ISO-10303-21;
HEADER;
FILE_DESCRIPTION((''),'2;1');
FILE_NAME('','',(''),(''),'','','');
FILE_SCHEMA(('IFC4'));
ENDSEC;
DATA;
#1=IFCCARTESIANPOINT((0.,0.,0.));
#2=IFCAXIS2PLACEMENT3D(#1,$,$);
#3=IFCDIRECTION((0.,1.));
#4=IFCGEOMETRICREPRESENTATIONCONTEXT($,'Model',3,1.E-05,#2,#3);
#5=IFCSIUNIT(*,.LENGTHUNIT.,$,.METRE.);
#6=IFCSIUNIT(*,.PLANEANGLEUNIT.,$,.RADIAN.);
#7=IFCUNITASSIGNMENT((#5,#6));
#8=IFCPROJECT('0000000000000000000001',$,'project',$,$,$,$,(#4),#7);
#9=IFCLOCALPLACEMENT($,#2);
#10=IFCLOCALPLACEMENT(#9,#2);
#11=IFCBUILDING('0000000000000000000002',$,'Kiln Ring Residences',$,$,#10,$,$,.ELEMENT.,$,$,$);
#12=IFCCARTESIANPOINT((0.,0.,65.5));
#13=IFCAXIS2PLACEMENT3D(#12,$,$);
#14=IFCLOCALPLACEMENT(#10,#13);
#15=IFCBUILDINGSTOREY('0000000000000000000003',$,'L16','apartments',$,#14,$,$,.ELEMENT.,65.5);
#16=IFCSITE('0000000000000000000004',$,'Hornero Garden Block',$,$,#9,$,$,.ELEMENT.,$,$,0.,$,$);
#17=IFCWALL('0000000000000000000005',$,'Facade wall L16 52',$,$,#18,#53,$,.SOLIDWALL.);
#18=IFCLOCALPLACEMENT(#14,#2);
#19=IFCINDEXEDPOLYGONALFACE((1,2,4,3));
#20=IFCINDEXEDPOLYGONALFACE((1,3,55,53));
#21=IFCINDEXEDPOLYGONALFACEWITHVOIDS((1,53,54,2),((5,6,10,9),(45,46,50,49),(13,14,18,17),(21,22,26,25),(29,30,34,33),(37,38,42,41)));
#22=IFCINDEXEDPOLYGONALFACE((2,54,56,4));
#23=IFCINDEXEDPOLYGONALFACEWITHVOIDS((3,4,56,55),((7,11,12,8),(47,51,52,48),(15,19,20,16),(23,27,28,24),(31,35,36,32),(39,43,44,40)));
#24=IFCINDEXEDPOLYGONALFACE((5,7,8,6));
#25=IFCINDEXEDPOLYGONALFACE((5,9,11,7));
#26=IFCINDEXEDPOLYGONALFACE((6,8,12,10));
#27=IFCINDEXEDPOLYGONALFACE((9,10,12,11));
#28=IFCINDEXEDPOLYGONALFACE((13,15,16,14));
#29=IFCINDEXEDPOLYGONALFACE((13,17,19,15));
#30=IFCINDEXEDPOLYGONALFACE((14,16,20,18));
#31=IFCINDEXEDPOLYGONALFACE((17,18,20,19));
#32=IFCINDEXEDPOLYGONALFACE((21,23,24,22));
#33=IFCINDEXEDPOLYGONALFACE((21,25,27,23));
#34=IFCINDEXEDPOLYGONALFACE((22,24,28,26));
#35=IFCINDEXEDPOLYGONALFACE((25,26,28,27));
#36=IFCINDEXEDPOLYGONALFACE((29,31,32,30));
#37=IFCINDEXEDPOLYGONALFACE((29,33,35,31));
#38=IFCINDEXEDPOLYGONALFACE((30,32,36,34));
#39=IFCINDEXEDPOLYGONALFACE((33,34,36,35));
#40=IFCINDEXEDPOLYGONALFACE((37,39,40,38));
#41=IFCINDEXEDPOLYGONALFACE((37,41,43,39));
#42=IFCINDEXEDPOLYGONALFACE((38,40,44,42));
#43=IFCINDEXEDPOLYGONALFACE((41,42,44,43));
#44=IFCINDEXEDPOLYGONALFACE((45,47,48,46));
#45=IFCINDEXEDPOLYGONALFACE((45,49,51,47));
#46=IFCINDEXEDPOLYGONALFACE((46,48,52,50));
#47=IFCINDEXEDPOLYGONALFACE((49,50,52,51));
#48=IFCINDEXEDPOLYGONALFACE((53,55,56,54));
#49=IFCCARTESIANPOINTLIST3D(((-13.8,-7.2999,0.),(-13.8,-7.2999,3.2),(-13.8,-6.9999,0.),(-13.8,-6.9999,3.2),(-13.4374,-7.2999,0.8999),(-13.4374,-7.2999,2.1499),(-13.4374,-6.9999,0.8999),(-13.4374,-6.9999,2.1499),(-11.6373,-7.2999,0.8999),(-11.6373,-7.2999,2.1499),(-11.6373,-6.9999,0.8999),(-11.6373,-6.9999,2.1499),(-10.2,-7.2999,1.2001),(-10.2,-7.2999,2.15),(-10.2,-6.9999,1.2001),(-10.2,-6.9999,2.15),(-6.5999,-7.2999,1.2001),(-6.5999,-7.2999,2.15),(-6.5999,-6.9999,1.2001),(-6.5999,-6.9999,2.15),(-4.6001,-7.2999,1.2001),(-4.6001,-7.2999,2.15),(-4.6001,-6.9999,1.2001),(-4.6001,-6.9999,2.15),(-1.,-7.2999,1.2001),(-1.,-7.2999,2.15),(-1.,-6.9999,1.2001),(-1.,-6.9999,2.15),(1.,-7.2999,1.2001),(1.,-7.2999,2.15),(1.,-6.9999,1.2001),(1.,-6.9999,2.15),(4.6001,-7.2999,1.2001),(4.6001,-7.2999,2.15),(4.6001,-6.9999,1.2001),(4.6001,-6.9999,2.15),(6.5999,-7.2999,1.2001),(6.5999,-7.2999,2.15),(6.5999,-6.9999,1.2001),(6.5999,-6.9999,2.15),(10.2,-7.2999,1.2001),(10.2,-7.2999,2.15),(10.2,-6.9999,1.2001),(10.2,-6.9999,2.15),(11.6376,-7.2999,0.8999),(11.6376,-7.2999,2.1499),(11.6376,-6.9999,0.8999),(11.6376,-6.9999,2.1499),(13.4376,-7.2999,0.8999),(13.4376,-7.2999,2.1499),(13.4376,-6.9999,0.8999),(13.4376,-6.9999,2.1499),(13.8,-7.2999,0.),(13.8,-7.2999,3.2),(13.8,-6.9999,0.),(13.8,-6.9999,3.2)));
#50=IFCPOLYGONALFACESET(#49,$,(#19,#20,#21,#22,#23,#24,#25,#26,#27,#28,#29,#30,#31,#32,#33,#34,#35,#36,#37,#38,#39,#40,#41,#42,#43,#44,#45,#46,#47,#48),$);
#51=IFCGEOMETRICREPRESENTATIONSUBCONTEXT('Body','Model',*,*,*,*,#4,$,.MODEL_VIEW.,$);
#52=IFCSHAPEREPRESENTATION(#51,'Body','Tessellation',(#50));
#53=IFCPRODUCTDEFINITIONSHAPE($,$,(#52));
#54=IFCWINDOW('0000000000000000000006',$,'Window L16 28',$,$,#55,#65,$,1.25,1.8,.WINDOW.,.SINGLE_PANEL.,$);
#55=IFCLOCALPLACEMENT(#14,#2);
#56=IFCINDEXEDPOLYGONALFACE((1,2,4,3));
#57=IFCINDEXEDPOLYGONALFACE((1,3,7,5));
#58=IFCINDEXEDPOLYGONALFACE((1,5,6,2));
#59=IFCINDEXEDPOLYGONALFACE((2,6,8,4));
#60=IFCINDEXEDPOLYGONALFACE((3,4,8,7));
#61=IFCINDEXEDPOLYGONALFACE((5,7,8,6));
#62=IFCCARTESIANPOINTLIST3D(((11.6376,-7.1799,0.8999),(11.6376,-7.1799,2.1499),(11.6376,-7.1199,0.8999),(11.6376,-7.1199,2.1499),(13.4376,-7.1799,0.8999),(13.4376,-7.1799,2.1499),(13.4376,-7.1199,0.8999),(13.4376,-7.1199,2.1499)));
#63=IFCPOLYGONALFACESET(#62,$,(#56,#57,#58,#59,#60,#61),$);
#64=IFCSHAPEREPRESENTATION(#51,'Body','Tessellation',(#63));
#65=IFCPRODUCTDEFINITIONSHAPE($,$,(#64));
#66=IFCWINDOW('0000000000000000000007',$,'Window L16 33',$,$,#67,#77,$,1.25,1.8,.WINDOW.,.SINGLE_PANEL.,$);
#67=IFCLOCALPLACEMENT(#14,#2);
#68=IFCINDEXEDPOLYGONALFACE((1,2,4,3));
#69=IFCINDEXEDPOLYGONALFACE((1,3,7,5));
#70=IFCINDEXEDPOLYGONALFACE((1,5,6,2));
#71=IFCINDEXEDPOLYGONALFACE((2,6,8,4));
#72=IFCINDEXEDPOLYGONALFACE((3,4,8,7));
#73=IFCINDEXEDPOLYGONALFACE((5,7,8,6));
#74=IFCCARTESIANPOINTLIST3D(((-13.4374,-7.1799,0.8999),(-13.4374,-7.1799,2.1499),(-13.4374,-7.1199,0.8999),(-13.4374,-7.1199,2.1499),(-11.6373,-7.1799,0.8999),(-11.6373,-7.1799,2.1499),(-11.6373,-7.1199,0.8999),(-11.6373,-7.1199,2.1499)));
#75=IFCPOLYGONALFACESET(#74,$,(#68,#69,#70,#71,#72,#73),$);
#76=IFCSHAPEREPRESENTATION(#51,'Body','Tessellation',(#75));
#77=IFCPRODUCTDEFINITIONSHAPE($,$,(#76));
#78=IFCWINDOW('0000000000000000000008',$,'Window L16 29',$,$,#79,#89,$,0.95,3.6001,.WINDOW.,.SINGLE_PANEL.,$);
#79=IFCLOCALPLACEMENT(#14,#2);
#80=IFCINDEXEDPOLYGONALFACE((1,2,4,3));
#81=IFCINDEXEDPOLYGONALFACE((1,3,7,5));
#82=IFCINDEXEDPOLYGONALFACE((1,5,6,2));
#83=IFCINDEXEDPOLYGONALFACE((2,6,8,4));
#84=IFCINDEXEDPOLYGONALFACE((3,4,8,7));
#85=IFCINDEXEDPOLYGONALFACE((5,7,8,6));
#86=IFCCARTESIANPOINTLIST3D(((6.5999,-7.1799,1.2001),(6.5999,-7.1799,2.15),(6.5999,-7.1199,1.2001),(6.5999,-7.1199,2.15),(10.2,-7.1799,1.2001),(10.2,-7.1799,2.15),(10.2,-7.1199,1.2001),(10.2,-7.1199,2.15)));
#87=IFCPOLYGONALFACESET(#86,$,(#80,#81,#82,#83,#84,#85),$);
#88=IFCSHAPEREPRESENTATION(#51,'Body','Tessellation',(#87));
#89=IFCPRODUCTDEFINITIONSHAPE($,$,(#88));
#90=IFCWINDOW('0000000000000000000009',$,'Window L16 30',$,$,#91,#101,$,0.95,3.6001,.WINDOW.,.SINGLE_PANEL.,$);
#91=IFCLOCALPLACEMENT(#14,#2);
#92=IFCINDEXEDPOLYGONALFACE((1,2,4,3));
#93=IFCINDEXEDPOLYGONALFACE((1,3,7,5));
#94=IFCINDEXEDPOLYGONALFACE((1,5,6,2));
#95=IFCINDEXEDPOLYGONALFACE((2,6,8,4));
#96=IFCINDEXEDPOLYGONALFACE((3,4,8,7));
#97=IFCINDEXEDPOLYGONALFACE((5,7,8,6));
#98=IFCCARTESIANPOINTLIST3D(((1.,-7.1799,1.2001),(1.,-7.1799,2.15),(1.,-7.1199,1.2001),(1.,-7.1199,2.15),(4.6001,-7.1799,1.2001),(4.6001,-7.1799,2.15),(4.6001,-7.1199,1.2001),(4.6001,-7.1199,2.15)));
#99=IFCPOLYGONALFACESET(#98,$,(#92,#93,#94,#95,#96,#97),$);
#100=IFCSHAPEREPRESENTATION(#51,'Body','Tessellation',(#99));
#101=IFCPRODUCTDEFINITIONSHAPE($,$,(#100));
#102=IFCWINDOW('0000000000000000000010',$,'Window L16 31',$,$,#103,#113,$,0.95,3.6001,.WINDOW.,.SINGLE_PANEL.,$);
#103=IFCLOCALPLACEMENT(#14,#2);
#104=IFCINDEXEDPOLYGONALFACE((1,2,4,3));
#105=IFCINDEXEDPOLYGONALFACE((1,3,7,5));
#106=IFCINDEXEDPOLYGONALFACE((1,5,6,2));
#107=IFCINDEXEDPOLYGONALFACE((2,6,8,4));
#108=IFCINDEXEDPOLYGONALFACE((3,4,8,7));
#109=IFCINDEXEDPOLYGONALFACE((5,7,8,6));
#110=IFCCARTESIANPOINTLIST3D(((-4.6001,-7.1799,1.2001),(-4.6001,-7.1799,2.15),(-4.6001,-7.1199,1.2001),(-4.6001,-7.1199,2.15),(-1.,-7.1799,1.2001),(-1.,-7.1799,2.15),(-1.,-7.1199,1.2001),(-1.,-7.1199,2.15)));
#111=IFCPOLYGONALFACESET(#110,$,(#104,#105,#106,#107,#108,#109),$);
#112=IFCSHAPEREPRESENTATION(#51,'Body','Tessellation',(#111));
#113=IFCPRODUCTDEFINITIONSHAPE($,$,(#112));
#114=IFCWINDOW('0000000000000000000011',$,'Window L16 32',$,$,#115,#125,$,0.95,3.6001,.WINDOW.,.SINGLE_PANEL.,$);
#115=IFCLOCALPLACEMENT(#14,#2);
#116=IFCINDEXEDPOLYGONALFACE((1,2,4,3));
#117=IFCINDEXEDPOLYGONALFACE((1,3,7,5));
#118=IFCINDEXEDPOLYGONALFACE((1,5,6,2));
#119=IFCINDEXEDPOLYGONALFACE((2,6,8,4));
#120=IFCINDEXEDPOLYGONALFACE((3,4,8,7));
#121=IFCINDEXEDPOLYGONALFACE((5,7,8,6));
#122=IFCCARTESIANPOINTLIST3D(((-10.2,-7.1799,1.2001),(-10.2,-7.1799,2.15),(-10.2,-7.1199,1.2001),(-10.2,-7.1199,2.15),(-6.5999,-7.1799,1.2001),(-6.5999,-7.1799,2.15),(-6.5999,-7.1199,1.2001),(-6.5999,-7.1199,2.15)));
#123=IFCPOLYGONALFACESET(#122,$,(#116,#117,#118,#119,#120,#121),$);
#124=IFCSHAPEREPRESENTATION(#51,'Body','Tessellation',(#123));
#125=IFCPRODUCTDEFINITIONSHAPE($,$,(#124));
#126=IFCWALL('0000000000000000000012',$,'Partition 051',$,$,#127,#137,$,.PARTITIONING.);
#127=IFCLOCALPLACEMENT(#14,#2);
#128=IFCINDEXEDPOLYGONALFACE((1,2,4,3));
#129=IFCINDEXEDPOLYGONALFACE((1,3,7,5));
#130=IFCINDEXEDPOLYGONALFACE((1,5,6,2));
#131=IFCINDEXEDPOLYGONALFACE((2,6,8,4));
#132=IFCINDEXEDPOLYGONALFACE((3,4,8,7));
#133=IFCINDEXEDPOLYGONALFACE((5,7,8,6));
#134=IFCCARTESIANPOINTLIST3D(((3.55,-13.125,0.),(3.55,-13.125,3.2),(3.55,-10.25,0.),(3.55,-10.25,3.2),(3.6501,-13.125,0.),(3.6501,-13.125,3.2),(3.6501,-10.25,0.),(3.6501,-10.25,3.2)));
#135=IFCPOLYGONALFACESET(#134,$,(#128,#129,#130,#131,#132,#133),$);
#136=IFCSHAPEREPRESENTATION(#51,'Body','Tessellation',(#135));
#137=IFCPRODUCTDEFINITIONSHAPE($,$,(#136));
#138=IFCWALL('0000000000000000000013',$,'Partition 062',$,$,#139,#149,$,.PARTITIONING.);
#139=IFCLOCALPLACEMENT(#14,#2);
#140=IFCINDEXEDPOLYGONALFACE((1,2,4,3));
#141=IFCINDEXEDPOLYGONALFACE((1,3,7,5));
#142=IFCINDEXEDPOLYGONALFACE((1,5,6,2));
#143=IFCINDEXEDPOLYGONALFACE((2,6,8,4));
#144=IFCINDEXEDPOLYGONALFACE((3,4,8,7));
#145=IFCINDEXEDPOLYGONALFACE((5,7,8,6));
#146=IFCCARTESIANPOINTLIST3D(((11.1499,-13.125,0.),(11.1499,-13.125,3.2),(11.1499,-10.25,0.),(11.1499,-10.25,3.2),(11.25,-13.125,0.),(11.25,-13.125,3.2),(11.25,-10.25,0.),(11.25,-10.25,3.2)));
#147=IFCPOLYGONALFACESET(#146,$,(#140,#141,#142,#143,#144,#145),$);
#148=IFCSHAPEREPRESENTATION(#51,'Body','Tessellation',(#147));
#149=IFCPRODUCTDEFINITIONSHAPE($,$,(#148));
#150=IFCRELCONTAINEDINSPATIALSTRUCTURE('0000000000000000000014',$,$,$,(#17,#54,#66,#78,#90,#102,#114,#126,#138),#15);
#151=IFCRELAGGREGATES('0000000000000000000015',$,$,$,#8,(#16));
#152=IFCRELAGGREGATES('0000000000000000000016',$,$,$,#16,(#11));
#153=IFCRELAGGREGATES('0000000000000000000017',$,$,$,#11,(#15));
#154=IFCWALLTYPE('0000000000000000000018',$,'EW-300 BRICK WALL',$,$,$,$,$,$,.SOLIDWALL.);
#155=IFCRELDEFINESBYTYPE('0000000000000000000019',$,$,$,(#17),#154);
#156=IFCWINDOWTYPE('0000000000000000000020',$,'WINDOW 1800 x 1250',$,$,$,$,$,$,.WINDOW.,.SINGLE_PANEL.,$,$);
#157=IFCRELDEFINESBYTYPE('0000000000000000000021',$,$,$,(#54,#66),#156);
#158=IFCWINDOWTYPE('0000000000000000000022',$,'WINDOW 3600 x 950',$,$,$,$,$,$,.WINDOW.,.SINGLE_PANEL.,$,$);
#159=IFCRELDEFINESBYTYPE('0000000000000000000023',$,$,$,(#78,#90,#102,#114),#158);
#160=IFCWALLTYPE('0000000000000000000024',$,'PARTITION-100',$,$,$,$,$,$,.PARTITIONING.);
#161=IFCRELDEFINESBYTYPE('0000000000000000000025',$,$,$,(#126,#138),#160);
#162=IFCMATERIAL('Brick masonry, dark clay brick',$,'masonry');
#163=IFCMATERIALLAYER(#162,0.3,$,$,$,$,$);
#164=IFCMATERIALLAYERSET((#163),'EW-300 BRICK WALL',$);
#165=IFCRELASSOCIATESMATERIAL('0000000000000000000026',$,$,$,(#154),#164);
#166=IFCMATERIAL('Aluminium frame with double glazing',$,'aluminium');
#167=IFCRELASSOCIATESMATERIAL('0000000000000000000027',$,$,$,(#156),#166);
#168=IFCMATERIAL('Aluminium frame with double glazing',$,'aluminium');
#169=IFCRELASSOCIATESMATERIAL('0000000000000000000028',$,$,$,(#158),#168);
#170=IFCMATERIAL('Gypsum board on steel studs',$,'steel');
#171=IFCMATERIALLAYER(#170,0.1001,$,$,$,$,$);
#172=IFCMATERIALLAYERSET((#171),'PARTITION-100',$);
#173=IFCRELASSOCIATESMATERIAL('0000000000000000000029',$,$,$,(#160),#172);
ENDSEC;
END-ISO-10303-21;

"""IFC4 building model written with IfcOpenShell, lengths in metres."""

from ifc_helpers import new_model, si_unit, direction, frame, frame_2d, origin, place, context, subcontext, project, spatial, rectangle, extrude, material, layer, layer_set, type_object, element, fill, save


model = new_model("IFC4")

# Units and contexts
model_context = context("Model", 3, precision=1e-05, world=origin(), true_north=direction((0.0, 1.0)))
body_context = subcontext(model_context, "Body", "Model", "MODEL_VIEW")
ifc_project = project(units=[si_unit("LENGTHUNIT", "METRE"), si_unit("PLANEANGLEUNIT", "RADIAN")], contexts=[model_context])

# Site, building, storey
site_placement = place(None, origin())
site = spatial("IfcSite", under=ifc_project, at=site_placement, Name="Hornero Garden Block", CompositionType="ELEMENT", RefElevation=0.0)
building_placement = place(site_placement, origin())
building = spatial("IfcBuilding", under=site, at=building_placement, Name="Kiln Ring Residences", CompositionType="ELEMENT")
storey_placement = place(building_placement, frame((0.0, 0.0, 65.5)))
storey = spatial("IfcBuildingStorey", under=building, at=storey_placement, Name="L16", Description="apartments", CompositionType="ELEMENT", Elevation=65.5)

# Wall, openings, windows
ifc_material_1 = material(Name="Brick masonry, dark clay brick", Category="masonry")
ifc_layer_1 = layer(ifc_material_1, 0.3)
ifc_layer_set_1 = layer_set([ifc_layer_1], Name="EW-300 BRICK WALL")
wall_type_1 = type_object("IfcWallType", Name="EW-300 BRICK WALL", PredefinedType="SOLIDWALL", material=ifc_layer_set_1)
wall_1_placement = place(storey_placement, frame((13.8, -7.1499, 0.0), z_axis=(0.0, 0.0, 1.0), x_axis=(-1.0, 0.0, 0.0)))
wall_1 = element("IfcWall", 1, at=wall_1_placement, inside=storey, type_object=wall_type_1, Name="Facade wall L16 52", PredefinedType="SOLIDWALL", context=body_context, shape_type="SweptSolid", body=[
    extrude(rectangle(XDim=27.6001, YDim=0.3, at=frame_2d((13.8, 0.0))), origin(), (0.0, 0.0, 1.0), 3.2),
])
opening_1_placement = place(wall_1_placement, frame((0.3625, 0.0, 0.8999)))
opening_1 = element("IfcOpeningElement", 2, at=opening_1_placement, cuts=wall_1, PredefinedType="OPENING", context=body_context, shape_type="SweptSolid", body=[
    extrude(rectangle(XDim=1.8, YDim=1.25, at=frame_2d((0.8999, 0.625))), frame((0.0, 0.1599, 0.0), z_axis=(0.0, -1.0, 0.0), x_axis=(1.0, 0.0, 0.0)), (0.0, 0.0, 1.0), 0.3201),
])
opening_2_placement = place(wall_1_placement, frame((3.6001, 0.0, 1.2)))
opening_2 = element("IfcOpeningElement", 3, at=opening_2_placement, cuts=wall_1, PredefinedType="OPENING", context=body_context, shape_type="SweptSolid", body=[
    extrude(rectangle(XDim=3.6001, YDim=0.95, at=frame_2d((1.8, 0.4751))), frame((0.0, 0.1599, 0.0), z_axis=(0.0, -1.0, 0.0), x_axis=(1.0, 0.0, 0.0)), (0.0, 0.0, 1.0), 0.3201),
])
opening_3_placement = place(wall_1_placement, frame((9.2, 0.0, 1.2)))
opening_3 = element("IfcOpeningElement", 4, at=opening_3_placement, cuts=wall_1, PredefinedType="OPENING", context=body_context, shape_type="SweptSolid", body=[
    extrude(rectangle(XDim=3.6001, YDim=0.95, at=frame_2d((1.8, 0.4751))), frame((0.0, 0.1599, 0.0), z_axis=(0.0, -1.0, 0.0), x_axis=(1.0, 0.0, 0.0)), (0.0, 0.0, 1.0), 0.3201),
])
opening_4_placement = place(wall_1_placement, frame((14.8, 0.0, 1.2)))
opening_4 = element("IfcOpeningElement", 5, at=opening_4_placement, cuts=wall_1, PredefinedType="OPENING", context=body_context, shape_type="SweptSolid", body=[
    extrude(rectangle(XDim=3.6001, YDim=0.95, at=frame_2d((1.8, 0.4751))), frame((0.0, 0.1599, 0.0), z_axis=(0.0, -1.0, 0.0), x_axis=(1.0, 0.0, 0.0)), (0.0, 0.0, 1.0), 0.3201),
])
opening_5_placement = place(wall_1_placement, frame((20.3999, 0.0, 1.2)))
opening_5 = element("IfcOpeningElement", 6, at=opening_5_placement, cuts=wall_1, PredefinedType="OPENING", context=body_context, shape_type="SweptSolid", body=[
    extrude(rectangle(XDim=3.6001, YDim=0.95, at=frame_2d((1.8, 0.4751))), frame((0.0, 0.1599, 0.0), z_axis=(0.0, -1.0, 0.0), x_axis=(1.0, 0.0, 0.0)), (0.0, 0.0, 1.0), 0.3201),
])
opening_6_placement = place(wall_1_placement, frame((25.4375, 0.0, 0.8999)))
opening_6 = element("IfcOpeningElement", 7, at=opening_6_placement, cuts=wall_1, PredefinedType="OPENING", context=body_context, shape_type="SweptSolid", body=[
    extrude(rectangle(XDim=1.8, YDim=1.25, at=frame_2d((0.8999, 0.625))), frame((0.0, 0.1599, 0.0), z_axis=(0.0, -1.0, 0.0), x_axis=(1.0, 0.0, 0.0)), (0.0, 0.0, 1.0), 0.3201),
])
ifc_material_2 = material(Name="Aluminium frame with double glazing", Category="aluminium")
window_type_1 = type_object("IfcWindowType", Name="WINDOW 1800 x 1250", PartitioningType="SINGLE_PANEL", PredefinedType="WINDOW", material=ifc_material_2)
window_1_placement = place(opening_1_placement, origin())
window_1 = element("IfcWindow", 8, at=window_1_placement, inside=storey, type_object=window_type_1, Name="Window L16 28", OverallHeight=1.25, OverallWidth=1.8, PartitioningType="SINGLE_PANEL", PredefinedType="WINDOW", context=body_context, shape_type="SweptSolid", body=[
    extrude(rectangle(XDim=1.8, YDim=1.25, at=frame_2d((0.8999, 0.625))), frame((0.0, 0.03, 0.0), z_axis=(0.0, -1.0, 0.0), x_axis=(1.0, 0.0, 0.0)), (0.0, 0.0, 1.0), 0.0601),
])
fill(opening_1, window_1)
window_2_placement = place(opening_6_placement, origin())
window_2 = element("IfcWindow", 9, at=window_2_placement, inside=storey, type_object=window_type_1, Name="Window L16 33", OverallHeight=1.25, OverallWidth=1.8, PartitioningType="SINGLE_PANEL", PredefinedType="WINDOW", context=body_context, shape_type="SweptSolid", body=[
    extrude(rectangle(XDim=1.8, YDim=1.25, at=frame_2d((0.8999, 0.625))), frame((0.0, 0.03, 0.0), z_axis=(0.0, -1.0, 0.0), x_axis=(1.0, 0.0, 0.0)), (0.0, 0.0, 1.0), 0.0601),
])
fill(opening_6, window_2)
ifc_material_3 = material(Name="Aluminium frame with double glazing", Category="aluminium")
window_type_2 = type_object("IfcWindowType", Name="WINDOW 3600 x 950", PartitioningType="SINGLE_PANEL", PredefinedType="WINDOW", material=ifc_material_3)
window_3_placement = place(opening_2_placement, origin())
window_3 = element("IfcWindow", 10, at=window_3_placement, inside=storey, type_object=window_type_2, Name="Window L16 29", OverallHeight=0.95, OverallWidth=3.6001, PartitioningType="SINGLE_PANEL", PredefinedType="WINDOW", context=body_context, shape_type="SweptSolid", body=[
    extrude(rectangle(XDim=3.6001, YDim=0.95, at=frame_2d((1.8, 0.4751))), frame((0.0, 0.03, 0.0), z_axis=(0.0, -1.0, 0.0), x_axis=(1.0, 0.0, 0.0)), (0.0, 0.0, 1.0), 0.0601),
])
fill(opening_2, window_3)
window_4_placement = place(opening_3_placement, origin())
window_4 = element("IfcWindow", 11, at=window_4_placement, inside=storey, type_object=window_type_2, Name="Window L16 30", OverallHeight=0.95, OverallWidth=3.6001, PartitioningType="SINGLE_PANEL", PredefinedType="WINDOW", context=body_context, shape_type="SweptSolid", body=[
    extrude(rectangle(XDim=3.6001, YDim=0.95, at=frame_2d((1.8, 0.4751))), frame((0.0, 0.03, 0.0), z_axis=(0.0, -1.0, 0.0), x_axis=(1.0, 0.0, 0.0)), (0.0, 0.0, 1.0), 0.0601),
])
fill(opening_3, window_4)
window_5_placement = place(opening_4_placement, origin())
window_5 = element("IfcWindow", 12, at=window_5_placement, inside=storey, type_object=window_type_2, Name="Window L16 31", OverallHeight=0.95, OverallWidth=3.6001, PartitioningType="SINGLE_PANEL", PredefinedType="WINDOW", context=body_context, shape_type="SweptSolid", body=[
    extrude(rectangle(XDim=3.6001, YDim=0.95, at=frame_2d((1.8, 0.4751))), frame((0.0, 0.03, 0.0), z_axis=(0.0, -1.0, 0.0), x_axis=(1.0, 0.0, 0.0)), (0.0, 0.0, 1.0), 0.0601),
])
fill(opening_4, window_5)
window_6_placement = place(opening_5_placement, origin())
window_6 = element("IfcWindow", 13, at=window_6_placement, inside=storey, type_object=window_type_2, Name="Window L16 32", OverallHeight=0.95, OverallWidth=3.6001, PartitioningType="SINGLE_PANEL", PredefinedType="WINDOW", context=body_context, shape_type="SweptSolid", body=[
    extrude(rectangle(XDim=3.6001, YDim=0.95, at=frame_2d((1.8, 0.4751))), frame((0.0, 0.03, 0.0), z_axis=(0.0, -1.0, 0.0), x_axis=(1.0, 0.0, 0.0)), (0.0, 0.0, 1.0), 0.0601),
])
fill(opening_5, window_6)

# Walls
ifc_material_4 = material(Name="Gypsum board on steel studs", Category="steel")
ifc_layer_2 = layer(ifc_material_4, 0.1001)
ifc_layer_set_2 = layer_set([ifc_layer_2], Name="PARTITION-100")
wall_type_2 = type_object("IfcWallType", Name="PARTITION-100", PredefinedType="PARTITIONING", material=ifc_layer_set_2)
for number, where, z_axis, x_axis, name in (
    (14, (3.6001, -13.125, 0.0), (0.0, 0.0, 1.0), (0.0, 1.0, 0.0), "Partition 051"),
    (15, (11.2, -13.125, 0.0), (0.0, 0.0, 1.0), (0.0, 1.0, 0.0), "Partition 062"),
):
    element("IfcWall", number, at=place(storey_placement, frame(where, z_axis=z_axis, x_axis=x_axis)), inside=storey, type_object=wall_type_2, Name=name, PredefinedType="PARTITIONING", context=body_context, shape_type="SweptSolid", body=[
        extrude(rectangle(XDim=2.875, YDim=0.1001, at=frame_2d((1.4375, 0.0))), origin(), (0.0, 0.0, 1.0), 3.2),
    ])

save(model, "model.ifc")
